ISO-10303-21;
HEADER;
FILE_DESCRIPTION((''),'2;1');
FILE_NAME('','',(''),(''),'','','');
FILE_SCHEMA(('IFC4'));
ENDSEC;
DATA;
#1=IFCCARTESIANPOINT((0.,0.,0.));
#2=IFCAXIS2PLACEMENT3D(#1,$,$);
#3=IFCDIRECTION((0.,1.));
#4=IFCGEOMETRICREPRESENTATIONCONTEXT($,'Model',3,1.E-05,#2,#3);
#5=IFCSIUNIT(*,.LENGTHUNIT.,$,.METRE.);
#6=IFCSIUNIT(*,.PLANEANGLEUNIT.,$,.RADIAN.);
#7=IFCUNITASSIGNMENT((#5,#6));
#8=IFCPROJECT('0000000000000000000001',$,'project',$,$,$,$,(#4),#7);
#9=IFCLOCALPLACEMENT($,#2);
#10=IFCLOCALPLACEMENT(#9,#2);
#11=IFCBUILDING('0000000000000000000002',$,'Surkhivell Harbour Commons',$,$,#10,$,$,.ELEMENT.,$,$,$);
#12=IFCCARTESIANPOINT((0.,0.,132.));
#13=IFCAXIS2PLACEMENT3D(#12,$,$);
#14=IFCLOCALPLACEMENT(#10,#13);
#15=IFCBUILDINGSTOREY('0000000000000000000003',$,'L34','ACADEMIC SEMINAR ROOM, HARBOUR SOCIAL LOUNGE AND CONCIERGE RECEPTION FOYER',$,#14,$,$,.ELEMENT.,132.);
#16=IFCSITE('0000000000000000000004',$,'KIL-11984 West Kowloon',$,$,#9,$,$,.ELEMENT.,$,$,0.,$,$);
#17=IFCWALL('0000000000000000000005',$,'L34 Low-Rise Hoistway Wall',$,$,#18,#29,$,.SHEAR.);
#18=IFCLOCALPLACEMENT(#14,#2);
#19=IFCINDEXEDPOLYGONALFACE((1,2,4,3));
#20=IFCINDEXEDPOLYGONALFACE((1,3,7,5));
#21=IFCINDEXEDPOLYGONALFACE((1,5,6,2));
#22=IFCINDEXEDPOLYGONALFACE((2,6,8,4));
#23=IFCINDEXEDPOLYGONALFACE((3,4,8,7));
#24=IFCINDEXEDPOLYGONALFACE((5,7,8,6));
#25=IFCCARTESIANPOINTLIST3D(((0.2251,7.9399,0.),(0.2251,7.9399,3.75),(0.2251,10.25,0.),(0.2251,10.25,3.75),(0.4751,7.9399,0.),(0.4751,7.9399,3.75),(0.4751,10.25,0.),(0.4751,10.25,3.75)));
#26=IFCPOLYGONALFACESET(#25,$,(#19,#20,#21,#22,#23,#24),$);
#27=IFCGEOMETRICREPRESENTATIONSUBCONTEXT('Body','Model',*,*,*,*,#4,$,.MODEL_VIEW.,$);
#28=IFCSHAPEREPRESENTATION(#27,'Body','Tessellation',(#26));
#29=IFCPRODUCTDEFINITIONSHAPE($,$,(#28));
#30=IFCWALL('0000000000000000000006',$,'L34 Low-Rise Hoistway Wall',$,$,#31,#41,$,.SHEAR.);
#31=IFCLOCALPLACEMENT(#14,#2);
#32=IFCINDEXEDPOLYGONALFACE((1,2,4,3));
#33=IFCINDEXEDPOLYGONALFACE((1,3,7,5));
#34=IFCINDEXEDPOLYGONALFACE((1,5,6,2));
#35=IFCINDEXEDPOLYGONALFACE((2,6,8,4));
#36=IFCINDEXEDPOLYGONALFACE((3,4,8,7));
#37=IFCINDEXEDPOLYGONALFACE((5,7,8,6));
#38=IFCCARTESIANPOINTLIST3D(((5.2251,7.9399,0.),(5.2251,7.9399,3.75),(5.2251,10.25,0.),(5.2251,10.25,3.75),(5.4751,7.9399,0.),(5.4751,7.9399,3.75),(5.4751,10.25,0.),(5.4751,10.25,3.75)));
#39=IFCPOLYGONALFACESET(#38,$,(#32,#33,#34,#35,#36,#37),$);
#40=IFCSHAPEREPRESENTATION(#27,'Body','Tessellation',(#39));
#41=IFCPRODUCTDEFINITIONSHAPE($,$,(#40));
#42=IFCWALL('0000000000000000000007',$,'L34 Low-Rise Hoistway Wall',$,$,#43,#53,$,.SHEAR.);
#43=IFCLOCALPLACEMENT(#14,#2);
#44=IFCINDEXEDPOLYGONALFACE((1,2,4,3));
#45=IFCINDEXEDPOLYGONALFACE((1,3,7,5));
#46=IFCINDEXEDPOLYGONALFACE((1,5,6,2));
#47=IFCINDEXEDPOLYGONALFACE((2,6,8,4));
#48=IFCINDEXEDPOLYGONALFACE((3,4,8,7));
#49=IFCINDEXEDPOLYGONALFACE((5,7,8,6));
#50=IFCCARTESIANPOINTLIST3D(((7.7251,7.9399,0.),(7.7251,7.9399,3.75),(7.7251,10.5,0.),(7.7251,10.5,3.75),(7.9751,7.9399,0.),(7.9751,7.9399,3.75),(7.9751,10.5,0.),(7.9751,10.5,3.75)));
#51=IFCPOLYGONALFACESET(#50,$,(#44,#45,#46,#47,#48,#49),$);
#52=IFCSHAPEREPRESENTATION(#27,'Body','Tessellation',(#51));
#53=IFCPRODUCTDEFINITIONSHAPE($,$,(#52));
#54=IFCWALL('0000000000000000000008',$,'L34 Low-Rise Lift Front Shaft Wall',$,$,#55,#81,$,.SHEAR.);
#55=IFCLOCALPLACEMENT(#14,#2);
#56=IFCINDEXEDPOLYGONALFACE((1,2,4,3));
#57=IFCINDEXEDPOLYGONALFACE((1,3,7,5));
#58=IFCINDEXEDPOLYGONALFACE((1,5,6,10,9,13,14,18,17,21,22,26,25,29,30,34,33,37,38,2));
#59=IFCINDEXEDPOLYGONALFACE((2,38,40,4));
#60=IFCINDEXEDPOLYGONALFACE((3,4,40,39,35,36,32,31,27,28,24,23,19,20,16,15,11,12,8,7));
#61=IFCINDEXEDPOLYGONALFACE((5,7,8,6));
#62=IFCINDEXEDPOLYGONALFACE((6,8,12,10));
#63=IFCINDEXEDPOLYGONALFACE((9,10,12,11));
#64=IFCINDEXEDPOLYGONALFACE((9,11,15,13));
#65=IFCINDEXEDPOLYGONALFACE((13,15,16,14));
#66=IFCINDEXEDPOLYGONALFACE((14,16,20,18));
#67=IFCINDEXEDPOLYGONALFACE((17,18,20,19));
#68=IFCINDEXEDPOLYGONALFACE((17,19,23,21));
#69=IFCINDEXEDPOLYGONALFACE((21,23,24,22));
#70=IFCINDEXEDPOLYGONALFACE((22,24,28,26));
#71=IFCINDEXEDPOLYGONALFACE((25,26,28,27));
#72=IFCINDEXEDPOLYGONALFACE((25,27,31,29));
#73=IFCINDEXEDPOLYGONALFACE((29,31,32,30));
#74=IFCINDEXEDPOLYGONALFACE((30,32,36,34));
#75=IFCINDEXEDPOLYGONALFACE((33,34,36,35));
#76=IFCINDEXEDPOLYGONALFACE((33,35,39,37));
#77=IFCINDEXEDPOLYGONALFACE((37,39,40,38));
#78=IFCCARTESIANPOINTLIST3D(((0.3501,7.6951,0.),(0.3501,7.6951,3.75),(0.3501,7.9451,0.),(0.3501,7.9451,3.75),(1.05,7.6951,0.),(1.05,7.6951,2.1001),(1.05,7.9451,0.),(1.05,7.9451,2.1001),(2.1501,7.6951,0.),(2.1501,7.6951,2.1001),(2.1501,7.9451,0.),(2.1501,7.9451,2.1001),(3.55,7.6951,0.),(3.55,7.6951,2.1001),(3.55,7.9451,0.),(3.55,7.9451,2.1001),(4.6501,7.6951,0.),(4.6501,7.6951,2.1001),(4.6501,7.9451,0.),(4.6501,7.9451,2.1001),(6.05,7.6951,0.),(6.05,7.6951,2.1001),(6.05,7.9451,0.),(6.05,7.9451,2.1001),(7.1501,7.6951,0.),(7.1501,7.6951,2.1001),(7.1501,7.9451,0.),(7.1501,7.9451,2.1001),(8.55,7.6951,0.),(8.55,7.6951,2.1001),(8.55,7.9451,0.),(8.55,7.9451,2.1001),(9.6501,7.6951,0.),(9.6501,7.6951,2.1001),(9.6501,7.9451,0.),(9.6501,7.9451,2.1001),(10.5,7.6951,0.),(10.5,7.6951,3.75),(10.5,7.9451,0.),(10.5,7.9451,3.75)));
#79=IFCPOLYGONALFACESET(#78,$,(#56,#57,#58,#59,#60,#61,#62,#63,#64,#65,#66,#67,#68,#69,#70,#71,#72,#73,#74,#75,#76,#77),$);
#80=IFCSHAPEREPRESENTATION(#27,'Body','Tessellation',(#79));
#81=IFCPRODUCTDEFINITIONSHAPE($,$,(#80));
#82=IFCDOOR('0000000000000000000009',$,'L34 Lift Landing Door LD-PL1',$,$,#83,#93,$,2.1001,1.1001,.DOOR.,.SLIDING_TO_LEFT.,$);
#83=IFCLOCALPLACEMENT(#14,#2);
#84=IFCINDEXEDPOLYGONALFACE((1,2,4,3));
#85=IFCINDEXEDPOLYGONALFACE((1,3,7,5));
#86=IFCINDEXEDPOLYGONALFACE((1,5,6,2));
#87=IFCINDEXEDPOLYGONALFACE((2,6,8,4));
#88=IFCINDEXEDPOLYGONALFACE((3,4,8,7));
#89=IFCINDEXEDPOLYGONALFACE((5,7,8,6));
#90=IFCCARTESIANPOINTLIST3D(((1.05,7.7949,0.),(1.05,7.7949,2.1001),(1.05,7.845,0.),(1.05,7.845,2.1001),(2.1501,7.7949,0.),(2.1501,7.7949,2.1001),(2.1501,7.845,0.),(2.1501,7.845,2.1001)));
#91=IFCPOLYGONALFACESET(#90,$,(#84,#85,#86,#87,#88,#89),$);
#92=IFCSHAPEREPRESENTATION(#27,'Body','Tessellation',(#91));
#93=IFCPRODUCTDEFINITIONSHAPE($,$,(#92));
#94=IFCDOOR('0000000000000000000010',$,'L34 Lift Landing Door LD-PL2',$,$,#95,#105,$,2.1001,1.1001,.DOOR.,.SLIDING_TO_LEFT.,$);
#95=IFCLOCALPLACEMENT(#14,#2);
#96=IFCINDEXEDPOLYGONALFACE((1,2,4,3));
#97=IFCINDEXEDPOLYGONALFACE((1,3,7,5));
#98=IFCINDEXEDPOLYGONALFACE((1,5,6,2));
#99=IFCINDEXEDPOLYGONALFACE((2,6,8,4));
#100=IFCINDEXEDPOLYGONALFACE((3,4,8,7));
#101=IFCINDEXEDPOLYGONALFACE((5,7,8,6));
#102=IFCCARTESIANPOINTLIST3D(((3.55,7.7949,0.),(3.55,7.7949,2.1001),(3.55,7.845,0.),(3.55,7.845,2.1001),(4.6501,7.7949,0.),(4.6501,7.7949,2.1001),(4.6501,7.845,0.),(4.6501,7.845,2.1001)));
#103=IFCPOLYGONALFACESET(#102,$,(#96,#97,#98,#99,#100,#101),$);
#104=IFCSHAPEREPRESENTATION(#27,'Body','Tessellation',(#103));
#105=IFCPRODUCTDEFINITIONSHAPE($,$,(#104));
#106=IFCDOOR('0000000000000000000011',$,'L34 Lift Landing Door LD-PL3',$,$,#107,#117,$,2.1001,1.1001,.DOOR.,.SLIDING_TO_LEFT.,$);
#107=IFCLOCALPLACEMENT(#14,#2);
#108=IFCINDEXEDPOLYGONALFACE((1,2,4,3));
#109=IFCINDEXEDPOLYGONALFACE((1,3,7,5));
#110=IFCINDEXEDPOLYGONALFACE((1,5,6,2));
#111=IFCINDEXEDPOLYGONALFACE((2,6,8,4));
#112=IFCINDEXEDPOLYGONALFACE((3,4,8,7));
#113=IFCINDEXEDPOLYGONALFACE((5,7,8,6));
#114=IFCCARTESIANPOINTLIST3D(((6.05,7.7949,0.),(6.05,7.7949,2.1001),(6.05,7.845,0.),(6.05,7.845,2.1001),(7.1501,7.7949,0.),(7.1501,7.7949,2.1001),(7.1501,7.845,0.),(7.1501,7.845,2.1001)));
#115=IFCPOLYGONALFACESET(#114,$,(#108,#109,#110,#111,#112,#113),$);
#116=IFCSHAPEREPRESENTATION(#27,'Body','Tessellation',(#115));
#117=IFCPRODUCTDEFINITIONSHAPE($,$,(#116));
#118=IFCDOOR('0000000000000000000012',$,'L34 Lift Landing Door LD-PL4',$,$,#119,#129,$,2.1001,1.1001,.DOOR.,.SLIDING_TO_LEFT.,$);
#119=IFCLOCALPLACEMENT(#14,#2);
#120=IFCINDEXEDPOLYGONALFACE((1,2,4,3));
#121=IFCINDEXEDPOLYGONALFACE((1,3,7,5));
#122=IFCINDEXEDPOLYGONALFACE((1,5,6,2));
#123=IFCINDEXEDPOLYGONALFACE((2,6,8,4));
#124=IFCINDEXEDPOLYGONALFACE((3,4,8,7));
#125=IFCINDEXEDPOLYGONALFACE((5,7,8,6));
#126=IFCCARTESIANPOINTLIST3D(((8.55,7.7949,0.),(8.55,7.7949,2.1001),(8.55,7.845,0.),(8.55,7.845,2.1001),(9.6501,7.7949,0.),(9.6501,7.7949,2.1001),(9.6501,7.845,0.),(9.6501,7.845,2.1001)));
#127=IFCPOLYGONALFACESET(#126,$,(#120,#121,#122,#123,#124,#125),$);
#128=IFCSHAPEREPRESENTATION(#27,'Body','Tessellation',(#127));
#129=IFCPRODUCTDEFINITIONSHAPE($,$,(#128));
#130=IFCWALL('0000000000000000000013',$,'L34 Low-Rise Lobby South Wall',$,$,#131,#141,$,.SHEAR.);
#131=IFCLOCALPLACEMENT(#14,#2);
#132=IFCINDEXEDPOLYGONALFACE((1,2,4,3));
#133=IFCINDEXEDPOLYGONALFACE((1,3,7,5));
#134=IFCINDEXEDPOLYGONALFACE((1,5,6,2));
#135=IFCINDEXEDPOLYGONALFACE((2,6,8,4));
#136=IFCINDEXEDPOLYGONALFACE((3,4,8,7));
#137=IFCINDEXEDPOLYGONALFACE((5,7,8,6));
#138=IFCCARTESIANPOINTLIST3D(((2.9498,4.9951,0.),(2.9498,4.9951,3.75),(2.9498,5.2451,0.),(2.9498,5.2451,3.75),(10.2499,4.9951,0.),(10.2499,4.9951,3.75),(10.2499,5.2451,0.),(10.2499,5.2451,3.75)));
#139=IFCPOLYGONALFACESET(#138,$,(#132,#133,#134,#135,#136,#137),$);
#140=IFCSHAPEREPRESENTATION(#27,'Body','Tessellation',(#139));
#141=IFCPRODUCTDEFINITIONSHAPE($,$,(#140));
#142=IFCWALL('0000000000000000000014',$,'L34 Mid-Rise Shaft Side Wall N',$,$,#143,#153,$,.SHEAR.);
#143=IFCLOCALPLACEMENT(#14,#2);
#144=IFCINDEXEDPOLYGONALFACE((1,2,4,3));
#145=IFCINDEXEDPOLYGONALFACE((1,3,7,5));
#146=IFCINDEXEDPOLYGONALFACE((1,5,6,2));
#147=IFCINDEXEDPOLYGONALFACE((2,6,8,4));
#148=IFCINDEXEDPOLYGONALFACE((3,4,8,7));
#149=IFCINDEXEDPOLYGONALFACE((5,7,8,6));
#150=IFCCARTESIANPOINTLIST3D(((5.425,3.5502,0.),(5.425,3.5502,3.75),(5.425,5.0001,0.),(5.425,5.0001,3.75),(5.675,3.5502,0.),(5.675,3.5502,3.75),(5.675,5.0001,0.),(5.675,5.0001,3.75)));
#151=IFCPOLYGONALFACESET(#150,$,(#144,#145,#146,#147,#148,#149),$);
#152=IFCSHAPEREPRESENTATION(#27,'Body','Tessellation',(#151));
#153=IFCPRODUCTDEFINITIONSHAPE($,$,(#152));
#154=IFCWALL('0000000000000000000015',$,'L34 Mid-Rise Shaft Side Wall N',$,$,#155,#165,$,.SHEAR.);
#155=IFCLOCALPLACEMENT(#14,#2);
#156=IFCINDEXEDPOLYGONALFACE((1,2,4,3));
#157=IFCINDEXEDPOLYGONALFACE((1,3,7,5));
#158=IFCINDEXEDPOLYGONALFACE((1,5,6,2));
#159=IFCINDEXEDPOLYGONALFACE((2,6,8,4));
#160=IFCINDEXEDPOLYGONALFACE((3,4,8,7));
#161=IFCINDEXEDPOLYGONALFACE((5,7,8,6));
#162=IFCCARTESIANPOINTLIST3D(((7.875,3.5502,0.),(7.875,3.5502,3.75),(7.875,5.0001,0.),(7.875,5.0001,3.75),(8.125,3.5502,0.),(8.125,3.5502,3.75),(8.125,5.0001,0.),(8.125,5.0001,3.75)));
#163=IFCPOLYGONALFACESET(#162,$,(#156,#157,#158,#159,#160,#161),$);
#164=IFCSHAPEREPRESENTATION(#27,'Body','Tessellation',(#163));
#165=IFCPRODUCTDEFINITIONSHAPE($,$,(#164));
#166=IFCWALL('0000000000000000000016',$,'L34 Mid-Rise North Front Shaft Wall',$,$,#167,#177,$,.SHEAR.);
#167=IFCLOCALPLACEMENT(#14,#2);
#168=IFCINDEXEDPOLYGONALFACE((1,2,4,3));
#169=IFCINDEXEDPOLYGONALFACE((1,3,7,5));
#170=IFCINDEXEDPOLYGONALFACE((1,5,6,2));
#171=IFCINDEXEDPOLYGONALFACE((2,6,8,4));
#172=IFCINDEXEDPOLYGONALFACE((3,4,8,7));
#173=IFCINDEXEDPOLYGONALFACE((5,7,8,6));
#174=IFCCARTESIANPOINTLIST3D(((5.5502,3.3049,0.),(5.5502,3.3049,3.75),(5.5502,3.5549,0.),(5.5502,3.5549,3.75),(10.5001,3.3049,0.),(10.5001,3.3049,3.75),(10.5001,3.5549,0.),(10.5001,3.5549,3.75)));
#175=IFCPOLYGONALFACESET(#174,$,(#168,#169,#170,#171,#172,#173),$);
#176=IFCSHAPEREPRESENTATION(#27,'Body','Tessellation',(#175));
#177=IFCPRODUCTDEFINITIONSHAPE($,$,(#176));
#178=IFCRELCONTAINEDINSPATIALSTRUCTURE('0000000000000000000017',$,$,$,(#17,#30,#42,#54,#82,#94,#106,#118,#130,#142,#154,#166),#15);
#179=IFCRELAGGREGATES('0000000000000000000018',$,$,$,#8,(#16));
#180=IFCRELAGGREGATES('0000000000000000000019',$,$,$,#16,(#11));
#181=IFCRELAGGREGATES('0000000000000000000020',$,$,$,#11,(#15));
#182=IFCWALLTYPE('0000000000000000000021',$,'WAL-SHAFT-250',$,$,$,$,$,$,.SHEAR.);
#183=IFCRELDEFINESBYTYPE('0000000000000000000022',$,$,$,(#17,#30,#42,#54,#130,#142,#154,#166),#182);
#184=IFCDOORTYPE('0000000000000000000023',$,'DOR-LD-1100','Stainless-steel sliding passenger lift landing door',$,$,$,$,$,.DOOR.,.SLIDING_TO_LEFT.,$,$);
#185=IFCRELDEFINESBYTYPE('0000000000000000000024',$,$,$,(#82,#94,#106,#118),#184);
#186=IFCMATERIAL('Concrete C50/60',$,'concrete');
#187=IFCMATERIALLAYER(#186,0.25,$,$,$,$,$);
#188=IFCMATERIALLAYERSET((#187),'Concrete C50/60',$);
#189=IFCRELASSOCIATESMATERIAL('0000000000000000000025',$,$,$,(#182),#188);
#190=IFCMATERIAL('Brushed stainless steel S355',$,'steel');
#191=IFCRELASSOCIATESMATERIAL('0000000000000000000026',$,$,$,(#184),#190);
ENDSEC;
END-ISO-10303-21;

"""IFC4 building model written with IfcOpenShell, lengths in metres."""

from ifc_helpers import new_model, si_unit, direction, frame, frame_2d, origin, place, context, subcontext, project, spatial, rectangle, extrude, material, layer, layer_set, type_object, element, fill, save


model = new_model("IFC4")

# Units and contexts
model_context = context("Model", 3, precision=1e-05, world=origin(), true_north=direction((0.0, 1.0)))
body_context = subcontext(model_context, "Body", "Model", "MODEL_VIEW")
ifc_project = project(units=[si_unit("LENGTHUNIT", "METRE"), si_unit("PLANEANGLEUNIT", "RADIAN")], contexts=[model_context])

# Site, building, storey
site_placement = place(None, origin())
site = spatial("IfcSite", under=ifc_project, at=site_placement, Name="KIL-11984 West Kowloon", CompositionType="ELEMENT", RefElevation=0.0)
building_placement = place(site_placement, origin())
building = spatial("IfcBuilding", under=site, at=building_placement, Name="Surkhivell Harbour Commons", CompositionType="ELEMENT")
storey_placement = place(building_placement, frame((0.0, 0.0, 132.0)))
storey = spatial("IfcBuildingStorey", under=building, at=storey_placement, Name="L34", Description="ACADEMIC SEMINAR ROOM, HARBOUR SOCIAL LOUNGE AND CONCIERGE RECEPTION FOYER", CompositionType="ELEMENT", Elevation=132.0)

# Walls
ifc_material_1 = material(Name="Concrete C50/60", Category="concrete")
ifc_layer_1 = layer(ifc_material_1, 0.25)
ifc_layer_set_1 = layer_set([ifc_layer_1], Name="Concrete C50/60")
wall_type_1 = type_object("IfcWallType", Name="WAL-SHAFT-250", PredefinedType="SHEAR", material=ifc_layer_set_1)
for number, where, z_axis, x_axis, name in (
    (1, (0.3501, 7.9399, 0.0), (0.0, 0.0, 1.0), (0.0, 1.0, 0.0), "L34 Low-Rise Hoistway Wall"),
    (2, (5.3501, 7.9399, 0.0), (0.0, 0.0, 1.0), (0.0, 1.0, 0.0), "L34 Low-Rise Hoistway Wall"),
):
    element("IfcWall", number, at=place(storey_placement, frame(where, z_axis=z_axis, x_axis=x_axis)), inside=storey, type_object=wall_type_1, Name=name, PredefinedType="SHEAR", context=body_context, shape_type="SweptSolid", body=[
        extrude(rectangle(XDim=2.3101, YDim=0.25, at=frame_2d((1.155, 0.0))), origin(), (0.0, 0.0, 1.0), 3.75),
    ])
wall_1_placement = place(storey_placement, frame((7.8501, 7.9399, 0.0), z_axis=(0.0, 0.0, 1.0), x_axis=(0.0, 1.0, 0.0)))
element("IfcWall", 3, at=wall_1_placement, inside=storey, type_object=wall_type_1, Name="L34 Low-Rise Hoistway Wall", PredefinedType="SHEAR", context=body_context, shape_type="SweptSolid", body=[
    extrude(rectangle(XDim=2.5601, YDim=0.25, at=frame_2d((1.28, 0.0))), origin(), (0.0, 0.0, 1.0), 3.75),
])

# Wall, openings, doors
wall_2_placement = place(storey_placement, frame((0.3501, 7.8201, 0.0), z_axis=(0.0, 0.0, 1.0), x_axis=(1.0, 0.0, 0.0)))
wall_2 = element("IfcWall", 4, at=wall_2_placement, inside=storey, type_object=wall_type_1, Name="L34 Low-Rise Lift Front Shaft Wall", PredefinedType="SHEAR", context=body_context, shape_type="SweptSolid", body=[
    extrude(rectangle(XDim=10.1499, YDim=0.25, at=frame_2d((5.075, 0.0))), origin(), (0.0, 0.0, 1.0), 3.75),
])
opening_1_placement = place(wall_2_placement, frame((0.7, 0.0, 0.0)))
opening_1 = element("IfcOpeningElement", 5, at=opening_1_placement, cuts=wall_2, PredefinedType="OPENING", context=body_context, shape_type="SweptSolid", body=[
    extrude(rectangle(XDim=1.1001, YDim=2.1001, at=frame_2d((0.55, 1.05))), frame((0.0, 0.135, 0.0), z_axis=(0.0, -1.0, 0.0), x_axis=(1.0, 0.0, 0.0)), (0.0, 0.0, 1.0), 0.27),
])
opening_2_placement = place(wall_2_placement, frame((3.2, 0.0, 0.0)))
opening_2 = element("IfcOpeningElement", 6, at=opening_2_placement, cuts=wall_2, PredefinedType="OPENING", context=body_context, shape_type="SweptSolid", body=[
    extrude(rectangle(XDim=1.1001, YDim=2.1001, at=frame_2d((0.55, 1.05))), frame((0.0, 0.135, 0.0), z_axis=(0.0, -1.0, 0.0), x_axis=(1.0, 0.0, 0.0)), (0.0, 0.0, 1.0), 0.27),
])
opening_3_placement = place(wall_2_placement, frame((5.7, 0.0, 0.0)))
opening_3 = element("IfcOpeningElement", 7, at=opening_3_placement, cuts=wall_2, PredefinedType="OPENING", context=body_context, shape_type="SweptSolid", body=[
    extrude(rectangle(XDim=1.1001, YDim=2.1001, at=frame_2d((0.55, 1.05))), frame((0.0, 0.135, 0.0), z_axis=(0.0, -1.0, 0.0), x_axis=(1.0, 0.0, 0.0)), (0.0, 0.0, 1.0), 0.27),
])
opening_4_placement = place(wall_2_placement, frame((8.2, 0.0, 0.0)))
opening_4 = element("IfcOpeningElement", 8, at=opening_4_placement, cuts=wall_2, PredefinedType="OPENING", context=body_context, shape_type="SweptSolid", body=[
    extrude(rectangle(XDim=1.1001, YDim=2.1001, at=frame_2d((0.55, 1.05))), frame((0.0, 0.135, 0.0), z_axis=(0.0, -1.0, 0.0), x_axis=(1.0, 0.0, 0.0)), (0.0, 0.0, 1.0), 0.27),
])
ifc_material_2 = material(Name="Brushed stainless steel S355", Category="steel")
door_type_1 = type_object("IfcDoorType", Name="DOR-LD-1100", Description="Stainless-steel sliding passenger lift landing door", OperationType="SLIDING_TO_LEFT", PredefinedType="DOOR", material=ifc_material_2)
door_1_placement = place(opening_1_placement, origin())
door_1 = element("IfcDoor", 9, at=door_1_placement, inside=storey, type_object=door_type_1, Name="L34 Lift Landing Door LD-PL1", OperationType="SLIDING_TO_LEFT", OverallHeight=2.1001, OverallWidth=1.1001, PredefinedType="DOOR", context=body_context, shape_type="SweptSolid", body=[
    extrude(rectangle(XDim=1.1001, YDim=2.1001, at=frame_2d((0.55, 1.05))), frame((0.0, 0.0249, 0.0), z_axis=(0.0, -1.0, 0.0), x_axis=(1.0, 0.0, 0.0)), (0.0, 0.0, 1.0), 0.05),
])
fill(opening_1, door_1)
door_2_placement = place(opening_2_placement, origin())
door_2 = element("IfcDoor", 10, at=door_2_placement, inside=storey, type_object=door_type_1, Name="L34 Lift Landing Door LD-PL2", OperationType="SLIDING_TO_LEFT", OverallHeight=2.1001, OverallWidth=1.1001, PredefinedType="DOOR", context=body_context, shape_type="SweptSolid", body=[
    extrude(rectangle(XDim=1.1001, YDim=2.1001, at=frame_2d((0.55, 1.05))), frame((0.0, 0.0249, 0.0), z_axis=(0.0, -1.0, 0.0), x_axis=(1.0, 0.0, 0.0)), (0.0, 0.0, 1.0), 0.05),
])
fill(opening_2, door_2)
door_3_placement = place(opening_3_placement, origin())
door_3 = element("IfcDoor", 11, at=door_3_placement, inside=storey, type_object=door_type_1, Name="L34 Lift Landing Door LD-PL3", OperationType="SLIDING_TO_LEFT", OverallHeight=2.1001, OverallWidth=1.1001, PredefinedType="DOOR", context=body_context, shape_type="SweptSolid", body=[
    extrude(rectangle(XDim=1.1001, YDim=2.1001, at=frame_2d((0.55, 1.05))), frame((0.0, 0.0249, 0.0), z_axis=(0.0, -1.0, 0.0), x_axis=(1.0, 0.0, 0.0)), (0.0, 0.0, 1.0), 0.05),
])
fill(opening_3, door_3)
door_4_placement = place(opening_4_placement, origin())
door_4 = element("IfcDoor", 12, at=door_4_placement, inside=storey, type_object=door_type_1, Name="L34 Lift Landing Door LD-PL4", OperationType="SLIDING_TO_LEFT", OverallHeight=2.1001, OverallWidth=1.1001, PredefinedType="DOOR", context=body_context, shape_type="SweptSolid", body=[
    extrude(rectangle(XDim=1.1001, YDim=2.1001, at=frame_2d((0.55, 1.05))), frame((0.0, 0.0249, 0.0), z_axis=(0.0, -1.0, 0.0), x_axis=(1.0, 0.0, 0.0)), (0.0, 0.0, 1.0), 0.05),
])
fill(opening_4, door_4)

# Walls
wall_3_placement = place(storey_placement, frame((2.95, 5.1201, 0.0), z_axis=(0.0, 0.0, 1.0), x_axis=(1.0, 0.0, 0.0)))
element("IfcWall", 13, at=wall_3_placement, inside=storey, type_object=wall_type_1, Name="L34 Low-Rise Lobby South Wall", PredefinedType="SHEAR", context=body_context, shape_type="SweptSolid", body=[
    extrude(rectangle(XDim=7.3, YDim=0.25, at=frame_2d((3.6499, 0.0))), origin(), (0.0, 0.0, 1.0), 3.75),
])
for number, where, z_axis, x_axis, name in (
    (14, (5.55, 3.55, 0.0), (0.0, 0.0, 1.0), (0.0, 1.0, 0.0), "L34 Mid-Rise Shaft Side Wall N"),
    (15, (8.0, 3.55, 0.0), (0.0, 0.0, 1.0), (0.0, 1.0, 0.0), "L34 Mid-Rise Shaft Side Wall N"),
):
    element("IfcWall", number, at=place(storey_placement, frame(where, z_axis=z_axis, x_axis=x_axis)), inside=storey, type_object=wall_type_1, Name=name, PredefinedType="SHEAR", context=body_context, shape_type="SweptSolid", body=[
        extrude(rectangle(XDim=1.45, YDim=0.25, at=frame_2d((0.7251, 0.0))), origin(), (0.0, 0.0, 1.0), 3.75),
    ])
wall_4_placement = place(storey_placement, frame((5.55, 3.4299, 0.0), z_axis=(0.0, 0.0, 1.0), x_axis=(1.0, 0.0, 0.0)))
element("IfcWall", 16, at=wall_4_placement, inside=storey, type_object=wall_type_1, Name="L34 Mid-Rise North Front Shaft Wall", PredefinedType="SHEAR", context=body_context, shape_type="SweptSolid", body=[
    extrude(rectangle(XDim=4.95, YDim=0.25, at=frame_2d((2.4751, 0.0))), origin(), (0.0, 0.0, 1.0), 3.75),
])

save(model, "model.ifc")
